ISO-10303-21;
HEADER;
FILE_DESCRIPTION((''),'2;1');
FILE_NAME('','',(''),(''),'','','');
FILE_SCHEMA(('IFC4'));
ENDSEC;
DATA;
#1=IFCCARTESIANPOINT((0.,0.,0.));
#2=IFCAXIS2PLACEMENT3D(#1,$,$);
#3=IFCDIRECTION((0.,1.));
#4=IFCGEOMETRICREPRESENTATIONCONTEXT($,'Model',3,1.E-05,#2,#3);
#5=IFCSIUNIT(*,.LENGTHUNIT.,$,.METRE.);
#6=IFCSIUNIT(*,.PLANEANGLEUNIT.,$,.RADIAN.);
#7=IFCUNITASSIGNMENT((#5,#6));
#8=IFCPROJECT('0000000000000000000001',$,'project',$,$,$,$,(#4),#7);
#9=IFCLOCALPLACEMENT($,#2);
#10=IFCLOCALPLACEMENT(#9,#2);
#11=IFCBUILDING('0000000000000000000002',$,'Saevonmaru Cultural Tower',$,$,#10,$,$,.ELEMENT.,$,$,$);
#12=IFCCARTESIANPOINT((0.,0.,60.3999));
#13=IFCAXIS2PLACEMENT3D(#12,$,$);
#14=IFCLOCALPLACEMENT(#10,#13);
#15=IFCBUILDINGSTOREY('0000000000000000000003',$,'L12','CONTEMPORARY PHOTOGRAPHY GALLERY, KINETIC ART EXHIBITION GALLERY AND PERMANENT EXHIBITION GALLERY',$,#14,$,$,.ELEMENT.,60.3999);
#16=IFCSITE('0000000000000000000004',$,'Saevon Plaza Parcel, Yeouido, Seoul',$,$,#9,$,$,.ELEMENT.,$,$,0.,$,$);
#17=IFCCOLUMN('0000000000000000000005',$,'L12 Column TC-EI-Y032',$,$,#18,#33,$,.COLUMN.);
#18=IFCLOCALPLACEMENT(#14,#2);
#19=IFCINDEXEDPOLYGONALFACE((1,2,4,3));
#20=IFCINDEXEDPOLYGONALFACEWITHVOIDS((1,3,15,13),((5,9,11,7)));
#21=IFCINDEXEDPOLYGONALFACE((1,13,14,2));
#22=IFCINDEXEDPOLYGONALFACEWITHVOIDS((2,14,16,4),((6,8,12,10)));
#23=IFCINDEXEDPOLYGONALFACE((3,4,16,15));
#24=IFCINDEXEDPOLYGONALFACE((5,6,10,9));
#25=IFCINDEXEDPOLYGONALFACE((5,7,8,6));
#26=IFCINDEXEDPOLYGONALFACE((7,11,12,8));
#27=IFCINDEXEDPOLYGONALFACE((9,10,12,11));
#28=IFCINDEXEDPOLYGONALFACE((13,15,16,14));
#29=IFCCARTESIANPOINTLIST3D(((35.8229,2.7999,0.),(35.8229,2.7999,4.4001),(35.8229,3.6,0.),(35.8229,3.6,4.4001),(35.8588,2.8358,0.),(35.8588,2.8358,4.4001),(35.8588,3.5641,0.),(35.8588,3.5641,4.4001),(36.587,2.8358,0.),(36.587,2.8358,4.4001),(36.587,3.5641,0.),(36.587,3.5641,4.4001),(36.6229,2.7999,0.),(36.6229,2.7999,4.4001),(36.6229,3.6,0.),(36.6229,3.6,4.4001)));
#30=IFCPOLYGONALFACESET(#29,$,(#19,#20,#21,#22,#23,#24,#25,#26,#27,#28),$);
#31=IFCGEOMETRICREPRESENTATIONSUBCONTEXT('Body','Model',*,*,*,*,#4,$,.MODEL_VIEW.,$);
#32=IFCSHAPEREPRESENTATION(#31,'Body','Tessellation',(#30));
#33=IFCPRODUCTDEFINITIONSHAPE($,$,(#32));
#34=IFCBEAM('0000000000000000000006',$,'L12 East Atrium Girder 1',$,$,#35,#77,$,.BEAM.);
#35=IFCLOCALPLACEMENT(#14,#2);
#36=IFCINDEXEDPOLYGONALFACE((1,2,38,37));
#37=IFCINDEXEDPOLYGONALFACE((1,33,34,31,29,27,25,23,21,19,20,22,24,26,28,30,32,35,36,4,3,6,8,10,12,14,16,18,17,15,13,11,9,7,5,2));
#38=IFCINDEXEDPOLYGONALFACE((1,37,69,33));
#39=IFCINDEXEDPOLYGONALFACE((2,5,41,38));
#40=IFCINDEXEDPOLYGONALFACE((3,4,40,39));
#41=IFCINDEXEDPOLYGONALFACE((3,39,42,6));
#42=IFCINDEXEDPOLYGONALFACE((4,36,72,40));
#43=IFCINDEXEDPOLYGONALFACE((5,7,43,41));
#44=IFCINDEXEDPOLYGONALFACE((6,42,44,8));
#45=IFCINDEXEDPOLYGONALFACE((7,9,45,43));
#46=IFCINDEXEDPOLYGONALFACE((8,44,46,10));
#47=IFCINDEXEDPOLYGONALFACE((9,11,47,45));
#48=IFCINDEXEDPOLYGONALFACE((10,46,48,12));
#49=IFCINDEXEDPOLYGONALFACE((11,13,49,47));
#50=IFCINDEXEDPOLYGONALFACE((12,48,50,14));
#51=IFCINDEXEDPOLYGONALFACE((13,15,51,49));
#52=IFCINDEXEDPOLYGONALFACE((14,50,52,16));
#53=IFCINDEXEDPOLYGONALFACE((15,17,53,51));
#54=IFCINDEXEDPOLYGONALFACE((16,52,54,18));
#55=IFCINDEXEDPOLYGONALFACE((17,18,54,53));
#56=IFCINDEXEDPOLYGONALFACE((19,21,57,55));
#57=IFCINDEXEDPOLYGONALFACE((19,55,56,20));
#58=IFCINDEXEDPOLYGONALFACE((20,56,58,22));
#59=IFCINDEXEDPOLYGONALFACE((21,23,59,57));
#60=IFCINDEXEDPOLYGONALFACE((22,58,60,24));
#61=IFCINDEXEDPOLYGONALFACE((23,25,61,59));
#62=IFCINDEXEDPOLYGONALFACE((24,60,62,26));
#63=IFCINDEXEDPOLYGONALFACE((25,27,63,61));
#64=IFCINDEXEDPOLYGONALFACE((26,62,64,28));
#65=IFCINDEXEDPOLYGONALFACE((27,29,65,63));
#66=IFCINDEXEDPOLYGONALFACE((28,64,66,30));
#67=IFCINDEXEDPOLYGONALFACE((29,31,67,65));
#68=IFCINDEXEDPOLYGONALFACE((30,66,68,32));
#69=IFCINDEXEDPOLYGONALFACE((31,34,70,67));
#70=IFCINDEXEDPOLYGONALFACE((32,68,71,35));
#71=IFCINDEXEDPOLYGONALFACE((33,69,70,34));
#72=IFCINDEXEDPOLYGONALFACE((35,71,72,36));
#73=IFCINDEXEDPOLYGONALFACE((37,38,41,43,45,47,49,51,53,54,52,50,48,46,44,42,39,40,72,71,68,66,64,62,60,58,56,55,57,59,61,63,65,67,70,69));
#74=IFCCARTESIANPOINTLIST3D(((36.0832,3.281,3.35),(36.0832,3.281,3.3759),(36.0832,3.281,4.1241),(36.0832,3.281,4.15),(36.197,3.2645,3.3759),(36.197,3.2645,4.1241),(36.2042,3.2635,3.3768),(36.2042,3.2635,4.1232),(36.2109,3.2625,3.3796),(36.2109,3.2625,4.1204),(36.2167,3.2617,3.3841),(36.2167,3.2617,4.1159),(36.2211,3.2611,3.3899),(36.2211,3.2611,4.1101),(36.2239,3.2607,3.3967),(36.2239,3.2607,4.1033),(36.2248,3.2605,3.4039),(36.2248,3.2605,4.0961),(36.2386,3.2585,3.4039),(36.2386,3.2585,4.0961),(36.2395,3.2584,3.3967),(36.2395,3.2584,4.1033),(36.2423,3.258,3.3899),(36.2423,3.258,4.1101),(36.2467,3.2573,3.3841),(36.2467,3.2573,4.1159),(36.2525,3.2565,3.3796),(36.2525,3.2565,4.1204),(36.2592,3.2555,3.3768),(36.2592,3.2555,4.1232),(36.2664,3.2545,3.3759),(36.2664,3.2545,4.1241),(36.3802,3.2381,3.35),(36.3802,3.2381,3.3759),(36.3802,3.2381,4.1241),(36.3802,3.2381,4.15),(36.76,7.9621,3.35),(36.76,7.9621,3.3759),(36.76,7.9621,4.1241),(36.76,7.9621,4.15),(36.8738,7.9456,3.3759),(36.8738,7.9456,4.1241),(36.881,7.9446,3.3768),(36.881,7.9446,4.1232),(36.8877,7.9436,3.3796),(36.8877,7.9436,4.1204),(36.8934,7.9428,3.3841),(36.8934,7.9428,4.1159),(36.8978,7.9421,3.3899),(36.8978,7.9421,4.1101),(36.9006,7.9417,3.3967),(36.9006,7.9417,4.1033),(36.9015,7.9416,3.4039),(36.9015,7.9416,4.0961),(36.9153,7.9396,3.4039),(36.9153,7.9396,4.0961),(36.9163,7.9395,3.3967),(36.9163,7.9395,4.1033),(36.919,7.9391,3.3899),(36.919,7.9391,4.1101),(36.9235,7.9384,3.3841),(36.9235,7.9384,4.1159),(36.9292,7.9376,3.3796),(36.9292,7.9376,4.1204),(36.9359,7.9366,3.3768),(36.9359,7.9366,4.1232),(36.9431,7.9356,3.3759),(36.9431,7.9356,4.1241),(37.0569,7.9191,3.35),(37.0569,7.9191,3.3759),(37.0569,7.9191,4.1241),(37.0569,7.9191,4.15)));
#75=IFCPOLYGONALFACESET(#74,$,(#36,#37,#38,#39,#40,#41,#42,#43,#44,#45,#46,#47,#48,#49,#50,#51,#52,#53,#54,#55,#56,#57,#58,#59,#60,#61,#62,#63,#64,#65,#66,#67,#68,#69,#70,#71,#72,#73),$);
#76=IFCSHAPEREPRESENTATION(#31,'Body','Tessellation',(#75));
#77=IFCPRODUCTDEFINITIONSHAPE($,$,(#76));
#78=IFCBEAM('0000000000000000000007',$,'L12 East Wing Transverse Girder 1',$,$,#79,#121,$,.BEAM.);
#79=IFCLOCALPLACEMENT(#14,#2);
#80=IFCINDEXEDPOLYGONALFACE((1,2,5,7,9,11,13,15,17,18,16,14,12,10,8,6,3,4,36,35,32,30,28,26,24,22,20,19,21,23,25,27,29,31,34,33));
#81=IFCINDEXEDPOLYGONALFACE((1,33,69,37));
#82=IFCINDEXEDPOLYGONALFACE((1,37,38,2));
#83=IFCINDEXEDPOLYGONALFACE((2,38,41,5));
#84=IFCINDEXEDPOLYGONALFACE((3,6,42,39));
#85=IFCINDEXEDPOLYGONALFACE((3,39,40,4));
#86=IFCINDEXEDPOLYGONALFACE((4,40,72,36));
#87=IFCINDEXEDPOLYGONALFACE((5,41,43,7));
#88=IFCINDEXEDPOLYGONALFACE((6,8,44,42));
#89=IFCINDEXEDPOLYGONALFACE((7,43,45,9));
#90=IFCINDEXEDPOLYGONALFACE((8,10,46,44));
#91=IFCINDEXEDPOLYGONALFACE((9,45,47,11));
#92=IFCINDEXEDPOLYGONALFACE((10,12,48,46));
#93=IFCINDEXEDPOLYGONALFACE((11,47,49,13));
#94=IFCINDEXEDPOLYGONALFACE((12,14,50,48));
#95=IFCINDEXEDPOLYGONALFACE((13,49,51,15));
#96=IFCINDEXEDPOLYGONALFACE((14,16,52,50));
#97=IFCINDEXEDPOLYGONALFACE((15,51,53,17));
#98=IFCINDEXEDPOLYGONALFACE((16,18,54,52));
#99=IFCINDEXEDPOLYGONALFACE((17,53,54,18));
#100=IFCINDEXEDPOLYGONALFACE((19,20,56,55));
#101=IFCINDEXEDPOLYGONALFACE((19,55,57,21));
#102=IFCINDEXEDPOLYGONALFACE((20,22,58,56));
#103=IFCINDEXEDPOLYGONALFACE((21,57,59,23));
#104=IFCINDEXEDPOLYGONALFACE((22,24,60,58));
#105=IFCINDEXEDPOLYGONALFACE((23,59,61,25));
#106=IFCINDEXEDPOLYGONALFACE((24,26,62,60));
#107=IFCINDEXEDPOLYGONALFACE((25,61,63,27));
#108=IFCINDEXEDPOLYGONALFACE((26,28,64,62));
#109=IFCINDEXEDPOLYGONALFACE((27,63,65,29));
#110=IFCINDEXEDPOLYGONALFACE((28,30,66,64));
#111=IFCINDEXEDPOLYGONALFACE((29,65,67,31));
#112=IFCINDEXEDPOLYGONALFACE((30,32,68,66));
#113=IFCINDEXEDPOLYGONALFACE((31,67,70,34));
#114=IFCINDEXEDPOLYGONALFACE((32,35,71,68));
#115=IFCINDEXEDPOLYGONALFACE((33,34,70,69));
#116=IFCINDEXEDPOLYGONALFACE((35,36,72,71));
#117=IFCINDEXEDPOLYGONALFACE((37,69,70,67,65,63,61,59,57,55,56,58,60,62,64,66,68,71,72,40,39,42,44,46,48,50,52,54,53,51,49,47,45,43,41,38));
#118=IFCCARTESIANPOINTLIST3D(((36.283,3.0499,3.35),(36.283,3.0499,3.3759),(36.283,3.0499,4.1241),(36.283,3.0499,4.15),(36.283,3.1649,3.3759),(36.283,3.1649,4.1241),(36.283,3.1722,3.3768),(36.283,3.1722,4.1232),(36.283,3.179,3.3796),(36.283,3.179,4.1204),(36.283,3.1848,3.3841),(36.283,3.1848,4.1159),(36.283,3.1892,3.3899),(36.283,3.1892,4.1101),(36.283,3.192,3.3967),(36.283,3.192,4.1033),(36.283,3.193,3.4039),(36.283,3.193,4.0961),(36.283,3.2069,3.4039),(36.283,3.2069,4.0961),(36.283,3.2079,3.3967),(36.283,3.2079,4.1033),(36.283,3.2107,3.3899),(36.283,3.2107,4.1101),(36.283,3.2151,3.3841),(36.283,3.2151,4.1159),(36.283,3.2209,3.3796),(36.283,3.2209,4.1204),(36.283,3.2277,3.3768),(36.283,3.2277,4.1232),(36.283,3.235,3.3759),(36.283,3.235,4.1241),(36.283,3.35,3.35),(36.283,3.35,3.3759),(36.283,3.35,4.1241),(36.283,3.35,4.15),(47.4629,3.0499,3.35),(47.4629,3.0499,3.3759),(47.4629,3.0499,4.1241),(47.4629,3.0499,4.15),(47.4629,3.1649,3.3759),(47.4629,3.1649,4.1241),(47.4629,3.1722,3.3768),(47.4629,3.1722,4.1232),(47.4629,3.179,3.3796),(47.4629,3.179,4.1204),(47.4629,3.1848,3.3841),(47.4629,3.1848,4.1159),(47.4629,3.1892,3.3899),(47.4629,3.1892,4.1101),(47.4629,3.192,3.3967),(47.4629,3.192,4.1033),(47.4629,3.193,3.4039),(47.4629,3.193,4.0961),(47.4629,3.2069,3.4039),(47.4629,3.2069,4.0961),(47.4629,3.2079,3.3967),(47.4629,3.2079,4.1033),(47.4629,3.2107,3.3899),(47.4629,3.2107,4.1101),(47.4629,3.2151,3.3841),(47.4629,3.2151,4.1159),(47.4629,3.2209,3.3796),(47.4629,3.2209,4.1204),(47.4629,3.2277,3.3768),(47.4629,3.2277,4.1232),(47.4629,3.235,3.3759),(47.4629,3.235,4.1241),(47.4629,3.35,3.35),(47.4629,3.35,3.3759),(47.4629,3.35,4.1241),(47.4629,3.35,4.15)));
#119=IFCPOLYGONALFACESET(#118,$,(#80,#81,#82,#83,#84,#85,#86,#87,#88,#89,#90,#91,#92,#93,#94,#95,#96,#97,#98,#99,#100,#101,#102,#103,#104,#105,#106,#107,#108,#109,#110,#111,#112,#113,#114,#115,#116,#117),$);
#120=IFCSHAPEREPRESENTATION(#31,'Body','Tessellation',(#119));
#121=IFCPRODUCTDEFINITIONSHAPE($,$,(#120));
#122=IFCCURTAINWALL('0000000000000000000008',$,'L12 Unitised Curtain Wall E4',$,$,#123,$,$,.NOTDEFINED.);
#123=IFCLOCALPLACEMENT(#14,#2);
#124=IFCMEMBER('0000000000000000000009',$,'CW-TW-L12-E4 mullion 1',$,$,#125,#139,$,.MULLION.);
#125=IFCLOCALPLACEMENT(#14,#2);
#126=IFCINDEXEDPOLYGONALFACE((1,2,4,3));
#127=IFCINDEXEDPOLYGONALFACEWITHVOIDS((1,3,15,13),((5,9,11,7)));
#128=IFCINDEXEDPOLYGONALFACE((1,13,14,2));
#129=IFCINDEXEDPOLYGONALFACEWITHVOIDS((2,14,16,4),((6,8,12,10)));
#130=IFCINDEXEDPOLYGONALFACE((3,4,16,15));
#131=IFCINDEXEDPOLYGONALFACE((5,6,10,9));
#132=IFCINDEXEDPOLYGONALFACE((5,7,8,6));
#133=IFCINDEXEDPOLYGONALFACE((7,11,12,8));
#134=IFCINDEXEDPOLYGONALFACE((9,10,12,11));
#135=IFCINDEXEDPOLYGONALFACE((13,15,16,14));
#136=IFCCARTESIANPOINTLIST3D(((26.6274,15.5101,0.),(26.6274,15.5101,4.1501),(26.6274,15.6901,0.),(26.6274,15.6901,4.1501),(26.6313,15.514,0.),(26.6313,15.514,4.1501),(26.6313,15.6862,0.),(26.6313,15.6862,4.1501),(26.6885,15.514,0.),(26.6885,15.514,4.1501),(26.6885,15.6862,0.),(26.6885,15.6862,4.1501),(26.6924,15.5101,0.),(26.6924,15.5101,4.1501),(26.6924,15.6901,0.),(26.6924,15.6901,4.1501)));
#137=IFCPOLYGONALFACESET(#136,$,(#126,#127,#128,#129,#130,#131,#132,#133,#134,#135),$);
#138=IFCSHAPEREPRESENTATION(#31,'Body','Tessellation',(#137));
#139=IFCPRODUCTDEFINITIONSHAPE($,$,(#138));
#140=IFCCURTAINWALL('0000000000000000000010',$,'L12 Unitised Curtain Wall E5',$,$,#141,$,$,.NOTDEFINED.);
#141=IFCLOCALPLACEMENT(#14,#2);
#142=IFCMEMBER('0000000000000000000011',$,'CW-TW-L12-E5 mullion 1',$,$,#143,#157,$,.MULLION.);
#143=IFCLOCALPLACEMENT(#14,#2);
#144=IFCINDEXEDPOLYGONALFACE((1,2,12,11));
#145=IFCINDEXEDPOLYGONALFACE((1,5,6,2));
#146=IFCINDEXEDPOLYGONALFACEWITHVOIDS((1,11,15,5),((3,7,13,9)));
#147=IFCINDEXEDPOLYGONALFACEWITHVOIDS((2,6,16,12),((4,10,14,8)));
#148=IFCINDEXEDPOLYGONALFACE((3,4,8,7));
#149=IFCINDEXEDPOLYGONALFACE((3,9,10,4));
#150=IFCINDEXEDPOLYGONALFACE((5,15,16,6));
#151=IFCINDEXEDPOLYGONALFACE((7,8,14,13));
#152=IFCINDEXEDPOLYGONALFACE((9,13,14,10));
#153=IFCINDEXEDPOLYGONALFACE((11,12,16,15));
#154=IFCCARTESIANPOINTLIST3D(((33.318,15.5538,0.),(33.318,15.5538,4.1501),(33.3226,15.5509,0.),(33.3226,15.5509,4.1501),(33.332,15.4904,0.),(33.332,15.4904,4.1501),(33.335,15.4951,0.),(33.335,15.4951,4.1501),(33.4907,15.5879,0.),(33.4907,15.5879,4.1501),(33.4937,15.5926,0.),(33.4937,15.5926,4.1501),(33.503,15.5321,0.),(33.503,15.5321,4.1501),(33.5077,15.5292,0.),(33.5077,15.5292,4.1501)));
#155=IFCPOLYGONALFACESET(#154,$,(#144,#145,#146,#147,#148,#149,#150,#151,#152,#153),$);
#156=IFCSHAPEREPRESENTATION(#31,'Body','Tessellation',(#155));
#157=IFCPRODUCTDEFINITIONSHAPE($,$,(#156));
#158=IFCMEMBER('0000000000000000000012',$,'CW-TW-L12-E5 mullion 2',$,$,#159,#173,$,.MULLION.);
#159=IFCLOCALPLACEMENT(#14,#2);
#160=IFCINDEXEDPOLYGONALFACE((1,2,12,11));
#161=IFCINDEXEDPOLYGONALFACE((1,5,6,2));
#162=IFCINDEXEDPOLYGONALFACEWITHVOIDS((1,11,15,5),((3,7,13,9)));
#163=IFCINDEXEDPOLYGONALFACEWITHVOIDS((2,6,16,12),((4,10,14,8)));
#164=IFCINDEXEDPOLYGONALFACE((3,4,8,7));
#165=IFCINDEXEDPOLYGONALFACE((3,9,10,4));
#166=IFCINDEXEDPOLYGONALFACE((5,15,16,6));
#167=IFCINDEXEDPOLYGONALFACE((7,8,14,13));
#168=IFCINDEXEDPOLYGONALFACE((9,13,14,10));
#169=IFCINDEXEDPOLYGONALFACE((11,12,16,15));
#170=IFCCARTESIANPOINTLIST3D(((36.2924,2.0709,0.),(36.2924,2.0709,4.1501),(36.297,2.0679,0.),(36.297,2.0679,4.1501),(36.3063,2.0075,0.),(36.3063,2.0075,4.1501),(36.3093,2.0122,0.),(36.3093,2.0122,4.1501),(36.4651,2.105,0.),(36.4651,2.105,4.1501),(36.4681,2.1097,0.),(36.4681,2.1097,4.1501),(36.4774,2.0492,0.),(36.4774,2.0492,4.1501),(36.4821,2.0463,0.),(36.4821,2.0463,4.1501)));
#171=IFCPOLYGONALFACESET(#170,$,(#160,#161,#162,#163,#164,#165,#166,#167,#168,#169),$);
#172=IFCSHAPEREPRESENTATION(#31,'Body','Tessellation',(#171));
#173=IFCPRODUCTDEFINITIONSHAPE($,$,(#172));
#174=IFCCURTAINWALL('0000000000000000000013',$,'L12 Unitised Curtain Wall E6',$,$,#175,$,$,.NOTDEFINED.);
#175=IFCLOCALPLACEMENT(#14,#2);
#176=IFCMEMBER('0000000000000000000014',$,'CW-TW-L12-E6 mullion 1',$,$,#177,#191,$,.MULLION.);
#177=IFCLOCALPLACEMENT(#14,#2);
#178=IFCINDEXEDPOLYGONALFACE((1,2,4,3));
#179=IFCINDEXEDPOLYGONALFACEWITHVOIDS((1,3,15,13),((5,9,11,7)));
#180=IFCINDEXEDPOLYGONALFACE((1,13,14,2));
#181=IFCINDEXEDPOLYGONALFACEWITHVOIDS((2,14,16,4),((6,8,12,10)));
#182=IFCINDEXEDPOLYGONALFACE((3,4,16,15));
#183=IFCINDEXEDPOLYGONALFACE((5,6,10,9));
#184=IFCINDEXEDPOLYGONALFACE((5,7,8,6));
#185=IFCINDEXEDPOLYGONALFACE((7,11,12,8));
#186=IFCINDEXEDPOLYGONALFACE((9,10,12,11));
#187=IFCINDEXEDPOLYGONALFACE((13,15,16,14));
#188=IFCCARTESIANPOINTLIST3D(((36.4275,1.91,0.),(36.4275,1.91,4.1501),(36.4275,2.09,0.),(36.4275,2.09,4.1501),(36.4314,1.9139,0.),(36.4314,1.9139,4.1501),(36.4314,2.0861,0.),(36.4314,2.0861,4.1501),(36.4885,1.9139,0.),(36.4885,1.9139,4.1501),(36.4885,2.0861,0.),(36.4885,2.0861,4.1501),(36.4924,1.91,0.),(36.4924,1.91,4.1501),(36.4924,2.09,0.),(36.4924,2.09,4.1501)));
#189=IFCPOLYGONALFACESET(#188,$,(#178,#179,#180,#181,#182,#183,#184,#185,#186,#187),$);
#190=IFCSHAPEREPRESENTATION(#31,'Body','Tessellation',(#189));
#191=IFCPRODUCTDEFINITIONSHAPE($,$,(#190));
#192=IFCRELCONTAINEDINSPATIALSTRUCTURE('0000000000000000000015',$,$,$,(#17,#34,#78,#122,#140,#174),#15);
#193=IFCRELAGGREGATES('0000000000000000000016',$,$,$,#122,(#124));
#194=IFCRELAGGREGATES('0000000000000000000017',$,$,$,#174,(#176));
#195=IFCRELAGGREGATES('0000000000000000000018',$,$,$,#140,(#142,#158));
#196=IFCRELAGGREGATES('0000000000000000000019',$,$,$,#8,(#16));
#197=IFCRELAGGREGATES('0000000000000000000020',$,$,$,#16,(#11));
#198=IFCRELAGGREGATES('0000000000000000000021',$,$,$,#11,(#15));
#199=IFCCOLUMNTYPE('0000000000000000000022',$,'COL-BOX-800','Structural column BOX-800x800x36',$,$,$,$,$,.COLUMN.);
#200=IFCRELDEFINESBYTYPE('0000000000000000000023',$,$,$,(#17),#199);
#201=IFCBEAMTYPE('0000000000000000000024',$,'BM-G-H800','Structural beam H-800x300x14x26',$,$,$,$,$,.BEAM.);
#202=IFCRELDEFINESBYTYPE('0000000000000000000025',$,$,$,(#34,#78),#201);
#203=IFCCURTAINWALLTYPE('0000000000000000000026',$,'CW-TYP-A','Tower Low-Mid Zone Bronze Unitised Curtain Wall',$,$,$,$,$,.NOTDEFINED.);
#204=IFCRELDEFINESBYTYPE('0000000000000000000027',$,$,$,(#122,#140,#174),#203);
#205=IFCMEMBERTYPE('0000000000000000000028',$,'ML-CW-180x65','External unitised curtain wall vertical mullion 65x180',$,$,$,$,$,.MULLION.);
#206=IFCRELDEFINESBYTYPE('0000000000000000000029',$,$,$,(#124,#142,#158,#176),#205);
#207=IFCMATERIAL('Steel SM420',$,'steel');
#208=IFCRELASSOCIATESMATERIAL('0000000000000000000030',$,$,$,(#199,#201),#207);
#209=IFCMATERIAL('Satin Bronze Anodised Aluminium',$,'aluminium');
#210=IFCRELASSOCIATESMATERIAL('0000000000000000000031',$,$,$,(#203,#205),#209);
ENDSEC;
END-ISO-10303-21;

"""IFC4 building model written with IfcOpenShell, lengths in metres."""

from ifc_helpers import new_model, si_unit, direction, frame, origin, origin_2d, place, context, subcontext, project, spatial, hollow_rectangle, i_section, extrude, material, material_profile, profile_set, type_object, element, aggregate, save


model = new_model("IFC4")

# Units and contexts
model_context = context("Model", 3, precision=1e-05, world=origin(), true_north=direction((0.0, 1.0)))
body_context = subcontext(model_context, "Body", "Model", "MODEL_VIEW")
ifc_project = project(units=[si_unit("LENGTHUNIT", "METRE"), si_unit("PLANEANGLEUNIT", "RADIAN")], contexts=[model_context])

# Site, building, storey
site_placement = place(None, origin())
site = spatial("IfcSite", under=ifc_project, at=site_placement, Name="Saevon Plaza Parcel, Yeouido, Seoul", CompositionType="ELEMENT", RefElevation=0.0)
building_placement = place(site_placement, origin())
building = spatial("IfcBuilding", under=site, at=building_placement, Name="Saevonmaru Cultural Tower", CompositionType="ELEMENT")
storey_placement = place(building_placement, frame((0.0, 0.0, 60.3999)))
storey = spatial("IfcBuildingStorey", under=building, at=storey_placement, Name="L12", Description="CONTEMPORARY PHOTOGRAPHY GALLERY, KINETIC ART EXHIBITION GALLERY AND PERMANENT EXHIBITION GALLERY", CompositionType="ELEMENT", Elevation=60.3999)

# Column
ifc_material_1 = material(Name="Steel SM420", Category="steel")
ifc_material_profile_1 = material_profile(ifc_material_1, hollow_rectangle(XDim=0.8, YDim=0.8, WallThickness=0.0359, at=origin_2d()), Name="BOX-800x800x36")
ifc_profile_set_1 = profile_set([ifc_material_profile_1], Name="Steel SM420")
column_type = type_object("IfcColumnType", Name="COL-BOX-800", Description="Structural column BOX-800x800x36", PredefinedType="COLUMN", material=ifc_profile_set_1)
column_placement = place(storey_placement, frame((36.2229, 3.2, 0.0), z_axis=(0.0, 0.0, 1.0), x_axis=(1.0, 0.0, 0.0)))
element("IfcColumn", 1, at=column_placement, inside=storey, type_object=column_type, Name="L12 Column TC-EI-Y032", PredefinedType="COLUMN", context=body_context, shape_type="SweptSolid", body=[
    extrude(hollow_rectangle(XDim=0.8, YDim=0.8, WallThickness=0.0359, at=origin_2d()), origin(), (0.0, 0.0, 1.0), 4.4001),
])

# Beams
ifc_material_profile_2 = material_profile(ifc_material_1, i_section(OverallWidth=0.3, OverallDepth=0.8, WebThickness=0.0139, FlangeThickness=0.0259, FilletRadius=0.0281, at=origin_2d()), Name="H-800x300x14x26")
ifc_profile_set_2 = profile_set([ifc_material_profile_2], Name="Steel SM420")
beam_type = type_object("IfcBeamType", Name="BM-G-H800", Description="Structural beam H-800x300x14x26", PredefinedType="BEAM", material=ifc_profile_set_2)
beam_1_placement = place(storey_placement, frame((36.2317, 3.2595, 3.75), z_axis=(0.143083, 0.989711, 0.0), x_axis=(-0.989711, 0.143083, 0.0)))
element("IfcBeam", 2, at=beam_1_placement, inside=storey, type_object=beam_type, Name="L12 East Atrium Girder 1", PredefinedType="BEAM", context=body_context, shape_type="SweptSolid", body=[
    extrude(i_section(OverallWidth=0.3, OverallDepth=0.8, WebThickness=0.0139, FlangeThickness=0.0259, FilletRadius=0.0281, at=origin_2d()), origin(), (0.0, 0.0, 1.0), 4.7297),
])
beam_2_placement = place(storey_placement, frame((36.283, 3.2, 3.75), z_axis=(1.0, 0.0, 0.0), x_axis=(0.0, 1.0, 0.0)))
element("IfcBeam", 3, at=beam_2_placement, inside=storey, type_object=beam_type, Name="L12 East Wing Transverse Girder 1", PredefinedType="BEAM", context=body_context, shape_type="SweptSolid", body=[
    extrude(i_section(OverallWidth=0.3, OverallDepth=0.8, WebThickness=0.0139, FlangeThickness=0.0259, FilletRadius=0.0281, at=origin_2d()), origin(), (0.0, 0.0, 1.0), 11.1799),
])

# Curtain wall, member
ifc_material_2 = material(Name="Satin Bronze Anodised Aluminium", Category="aluminium")
curtain_wall_type = type_object("IfcCurtainWallType", Name="CW-TYP-A", Description="Tower Low-Mid Zone Bronze Unitised Curtain Wall", PredefinedType="NOTDEFINED", material=ifc_material_2)
curtain_wall_1_placement = place(storey_placement, origin())
curtain_wall_1 = element("IfcCurtainWall", 4, at=curtain_wall_1_placement, inside=storey, type_object=curtain_wall_type, Name="L12 Unitised Curtain Wall E4", PredefinedType="NOTDEFINED")
ifc_material_profile_3 = material_profile(ifc_material_2, hollow_rectangle(XDim=0.0649, YDim=0.1799, WallThickness=0.0039, at=origin_2d()), Name="ALU-MULL-180x65x4")
ifc_profile_set_3 = profile_set([ifc_material_profile_3], Name="Satin Bronze Anodised Aluminium")
member_type_1 = type_object("IfcMemberType", Name="ML-CW-180x65", Description="External unitised curtain wall vertical mullion 65x180", PredefinedType="MULLION", material=ifc_profile_set_3)
member_1_placement = place(storey_placement, frame((26.6599, 15.6001, 0.0), z_axis=(0.0, 0.0, 1.0), x_axis=(1.0, 0.0, 0.0)))
member_1 = element("IfcMember", 5, at=member_1_placement, type_object=member_type_1, Name="CW-TW-L12-E4 mullion 1", PredefinedType="MULLION", context=body_context, shape_type="SweptSolid", body=[
    extrude(hollow_rectangle(XDim=0.0649, YDim=0.1799, WallThickness=0.0039, at=origin_2d()), origin(), (0.0, 0.0, 1.0), 4.1501),
])

# Curtain wall, members
curtain_wall_2_placement = place(storey_placement, origin())
curtain_wall_2 = element("IfcCurtainWall", 6, at=curtain_wall_2_placement, inside=storey, type_object=curtain_wall_type, Name="L12 Unitised Curtain Wall E5", PredefinedType="NOTDEFINED")
member_2_placement = place(storey_placement, frame((33.4128, 15.5415, 0.0), z_axis=(0.0, 0.0, 1.0), x_axis=(0.215413, -0.976523, 0.0)))
member_2 = element("IfcMember", 7, at=member_2_placement, type_object=member_type_1, Name="CW-TW-L12-E5 mullion 1", PredefinedType="MULLION", context=body_context, shape_type="SweptSolid", body=[
    extrude(hollow_rectangle(XDim=0.0649, YDim=0.1799, WallThickness=0.0039, at=origin_2d()), origin(), (0.0, 0.0, 1.0), 4.1501),
])
member_3_placement = place(storey_placement, frame((36.3872, 2.0586, 0.0), z_axis=(0.0, 0.0, 1.0), x_axis=(0.215413, -0.976523, 0.0)))
member_3 = element("IfcMember", 8, at=member_3_placement, type_object=member_type_1, Name="CW-TW-L12-E5 mullion 2", PredefinedType="MULLION", context=body_context, shape_type="SweptSolid", body=[
    extrude(hollow_rectangle(XDim=0.0649, YDim=0.1799, WallThickness=0.0039, at=origin_2d()), origin(), (0.0, 0.0, 1.0), 4.1501),
])

# Curtain wall, member
curtain_wall_3_placement = place(storey_placement, origin())
curtain_wall_3 = element("IfcCurtainWall", 9, at=curtain_wall_3_placement, inside=storey, type_object=curtain_wall_type, Name="L12 Unitised Curtain Wall E6", PredefinedType="NOTDEFINED")
member_4_placement = place(storey_placement, frame((36.46, 2.0, 0.0), z_axis=(0.0, 0.0, 1.0), x_axis=(1.0, 0.0, 0.0)))
member_4 = element("IfcMember", 10, at=member_4_placement, type_object=member_type_1, Name="CW-TW-L12-E6 mullion 1", PredefinedType="MULLION", context=body_context, shape_type="SweptSolid", body=[
    extrude(hollow_rectangle(XDim=0.0649, YDim=0.1799, WallThickness=0.0039, at=origin_2d()), origin(), (0.0, 0.0, 1.0), 4.1501),
])

aggregate(curtain_wall_1, [member_1])
aggregate(curtain_wall_3, [member_4])

aggregate(curtain_wall_2, [member_2, member_3])

save(model, "model.ifc")
